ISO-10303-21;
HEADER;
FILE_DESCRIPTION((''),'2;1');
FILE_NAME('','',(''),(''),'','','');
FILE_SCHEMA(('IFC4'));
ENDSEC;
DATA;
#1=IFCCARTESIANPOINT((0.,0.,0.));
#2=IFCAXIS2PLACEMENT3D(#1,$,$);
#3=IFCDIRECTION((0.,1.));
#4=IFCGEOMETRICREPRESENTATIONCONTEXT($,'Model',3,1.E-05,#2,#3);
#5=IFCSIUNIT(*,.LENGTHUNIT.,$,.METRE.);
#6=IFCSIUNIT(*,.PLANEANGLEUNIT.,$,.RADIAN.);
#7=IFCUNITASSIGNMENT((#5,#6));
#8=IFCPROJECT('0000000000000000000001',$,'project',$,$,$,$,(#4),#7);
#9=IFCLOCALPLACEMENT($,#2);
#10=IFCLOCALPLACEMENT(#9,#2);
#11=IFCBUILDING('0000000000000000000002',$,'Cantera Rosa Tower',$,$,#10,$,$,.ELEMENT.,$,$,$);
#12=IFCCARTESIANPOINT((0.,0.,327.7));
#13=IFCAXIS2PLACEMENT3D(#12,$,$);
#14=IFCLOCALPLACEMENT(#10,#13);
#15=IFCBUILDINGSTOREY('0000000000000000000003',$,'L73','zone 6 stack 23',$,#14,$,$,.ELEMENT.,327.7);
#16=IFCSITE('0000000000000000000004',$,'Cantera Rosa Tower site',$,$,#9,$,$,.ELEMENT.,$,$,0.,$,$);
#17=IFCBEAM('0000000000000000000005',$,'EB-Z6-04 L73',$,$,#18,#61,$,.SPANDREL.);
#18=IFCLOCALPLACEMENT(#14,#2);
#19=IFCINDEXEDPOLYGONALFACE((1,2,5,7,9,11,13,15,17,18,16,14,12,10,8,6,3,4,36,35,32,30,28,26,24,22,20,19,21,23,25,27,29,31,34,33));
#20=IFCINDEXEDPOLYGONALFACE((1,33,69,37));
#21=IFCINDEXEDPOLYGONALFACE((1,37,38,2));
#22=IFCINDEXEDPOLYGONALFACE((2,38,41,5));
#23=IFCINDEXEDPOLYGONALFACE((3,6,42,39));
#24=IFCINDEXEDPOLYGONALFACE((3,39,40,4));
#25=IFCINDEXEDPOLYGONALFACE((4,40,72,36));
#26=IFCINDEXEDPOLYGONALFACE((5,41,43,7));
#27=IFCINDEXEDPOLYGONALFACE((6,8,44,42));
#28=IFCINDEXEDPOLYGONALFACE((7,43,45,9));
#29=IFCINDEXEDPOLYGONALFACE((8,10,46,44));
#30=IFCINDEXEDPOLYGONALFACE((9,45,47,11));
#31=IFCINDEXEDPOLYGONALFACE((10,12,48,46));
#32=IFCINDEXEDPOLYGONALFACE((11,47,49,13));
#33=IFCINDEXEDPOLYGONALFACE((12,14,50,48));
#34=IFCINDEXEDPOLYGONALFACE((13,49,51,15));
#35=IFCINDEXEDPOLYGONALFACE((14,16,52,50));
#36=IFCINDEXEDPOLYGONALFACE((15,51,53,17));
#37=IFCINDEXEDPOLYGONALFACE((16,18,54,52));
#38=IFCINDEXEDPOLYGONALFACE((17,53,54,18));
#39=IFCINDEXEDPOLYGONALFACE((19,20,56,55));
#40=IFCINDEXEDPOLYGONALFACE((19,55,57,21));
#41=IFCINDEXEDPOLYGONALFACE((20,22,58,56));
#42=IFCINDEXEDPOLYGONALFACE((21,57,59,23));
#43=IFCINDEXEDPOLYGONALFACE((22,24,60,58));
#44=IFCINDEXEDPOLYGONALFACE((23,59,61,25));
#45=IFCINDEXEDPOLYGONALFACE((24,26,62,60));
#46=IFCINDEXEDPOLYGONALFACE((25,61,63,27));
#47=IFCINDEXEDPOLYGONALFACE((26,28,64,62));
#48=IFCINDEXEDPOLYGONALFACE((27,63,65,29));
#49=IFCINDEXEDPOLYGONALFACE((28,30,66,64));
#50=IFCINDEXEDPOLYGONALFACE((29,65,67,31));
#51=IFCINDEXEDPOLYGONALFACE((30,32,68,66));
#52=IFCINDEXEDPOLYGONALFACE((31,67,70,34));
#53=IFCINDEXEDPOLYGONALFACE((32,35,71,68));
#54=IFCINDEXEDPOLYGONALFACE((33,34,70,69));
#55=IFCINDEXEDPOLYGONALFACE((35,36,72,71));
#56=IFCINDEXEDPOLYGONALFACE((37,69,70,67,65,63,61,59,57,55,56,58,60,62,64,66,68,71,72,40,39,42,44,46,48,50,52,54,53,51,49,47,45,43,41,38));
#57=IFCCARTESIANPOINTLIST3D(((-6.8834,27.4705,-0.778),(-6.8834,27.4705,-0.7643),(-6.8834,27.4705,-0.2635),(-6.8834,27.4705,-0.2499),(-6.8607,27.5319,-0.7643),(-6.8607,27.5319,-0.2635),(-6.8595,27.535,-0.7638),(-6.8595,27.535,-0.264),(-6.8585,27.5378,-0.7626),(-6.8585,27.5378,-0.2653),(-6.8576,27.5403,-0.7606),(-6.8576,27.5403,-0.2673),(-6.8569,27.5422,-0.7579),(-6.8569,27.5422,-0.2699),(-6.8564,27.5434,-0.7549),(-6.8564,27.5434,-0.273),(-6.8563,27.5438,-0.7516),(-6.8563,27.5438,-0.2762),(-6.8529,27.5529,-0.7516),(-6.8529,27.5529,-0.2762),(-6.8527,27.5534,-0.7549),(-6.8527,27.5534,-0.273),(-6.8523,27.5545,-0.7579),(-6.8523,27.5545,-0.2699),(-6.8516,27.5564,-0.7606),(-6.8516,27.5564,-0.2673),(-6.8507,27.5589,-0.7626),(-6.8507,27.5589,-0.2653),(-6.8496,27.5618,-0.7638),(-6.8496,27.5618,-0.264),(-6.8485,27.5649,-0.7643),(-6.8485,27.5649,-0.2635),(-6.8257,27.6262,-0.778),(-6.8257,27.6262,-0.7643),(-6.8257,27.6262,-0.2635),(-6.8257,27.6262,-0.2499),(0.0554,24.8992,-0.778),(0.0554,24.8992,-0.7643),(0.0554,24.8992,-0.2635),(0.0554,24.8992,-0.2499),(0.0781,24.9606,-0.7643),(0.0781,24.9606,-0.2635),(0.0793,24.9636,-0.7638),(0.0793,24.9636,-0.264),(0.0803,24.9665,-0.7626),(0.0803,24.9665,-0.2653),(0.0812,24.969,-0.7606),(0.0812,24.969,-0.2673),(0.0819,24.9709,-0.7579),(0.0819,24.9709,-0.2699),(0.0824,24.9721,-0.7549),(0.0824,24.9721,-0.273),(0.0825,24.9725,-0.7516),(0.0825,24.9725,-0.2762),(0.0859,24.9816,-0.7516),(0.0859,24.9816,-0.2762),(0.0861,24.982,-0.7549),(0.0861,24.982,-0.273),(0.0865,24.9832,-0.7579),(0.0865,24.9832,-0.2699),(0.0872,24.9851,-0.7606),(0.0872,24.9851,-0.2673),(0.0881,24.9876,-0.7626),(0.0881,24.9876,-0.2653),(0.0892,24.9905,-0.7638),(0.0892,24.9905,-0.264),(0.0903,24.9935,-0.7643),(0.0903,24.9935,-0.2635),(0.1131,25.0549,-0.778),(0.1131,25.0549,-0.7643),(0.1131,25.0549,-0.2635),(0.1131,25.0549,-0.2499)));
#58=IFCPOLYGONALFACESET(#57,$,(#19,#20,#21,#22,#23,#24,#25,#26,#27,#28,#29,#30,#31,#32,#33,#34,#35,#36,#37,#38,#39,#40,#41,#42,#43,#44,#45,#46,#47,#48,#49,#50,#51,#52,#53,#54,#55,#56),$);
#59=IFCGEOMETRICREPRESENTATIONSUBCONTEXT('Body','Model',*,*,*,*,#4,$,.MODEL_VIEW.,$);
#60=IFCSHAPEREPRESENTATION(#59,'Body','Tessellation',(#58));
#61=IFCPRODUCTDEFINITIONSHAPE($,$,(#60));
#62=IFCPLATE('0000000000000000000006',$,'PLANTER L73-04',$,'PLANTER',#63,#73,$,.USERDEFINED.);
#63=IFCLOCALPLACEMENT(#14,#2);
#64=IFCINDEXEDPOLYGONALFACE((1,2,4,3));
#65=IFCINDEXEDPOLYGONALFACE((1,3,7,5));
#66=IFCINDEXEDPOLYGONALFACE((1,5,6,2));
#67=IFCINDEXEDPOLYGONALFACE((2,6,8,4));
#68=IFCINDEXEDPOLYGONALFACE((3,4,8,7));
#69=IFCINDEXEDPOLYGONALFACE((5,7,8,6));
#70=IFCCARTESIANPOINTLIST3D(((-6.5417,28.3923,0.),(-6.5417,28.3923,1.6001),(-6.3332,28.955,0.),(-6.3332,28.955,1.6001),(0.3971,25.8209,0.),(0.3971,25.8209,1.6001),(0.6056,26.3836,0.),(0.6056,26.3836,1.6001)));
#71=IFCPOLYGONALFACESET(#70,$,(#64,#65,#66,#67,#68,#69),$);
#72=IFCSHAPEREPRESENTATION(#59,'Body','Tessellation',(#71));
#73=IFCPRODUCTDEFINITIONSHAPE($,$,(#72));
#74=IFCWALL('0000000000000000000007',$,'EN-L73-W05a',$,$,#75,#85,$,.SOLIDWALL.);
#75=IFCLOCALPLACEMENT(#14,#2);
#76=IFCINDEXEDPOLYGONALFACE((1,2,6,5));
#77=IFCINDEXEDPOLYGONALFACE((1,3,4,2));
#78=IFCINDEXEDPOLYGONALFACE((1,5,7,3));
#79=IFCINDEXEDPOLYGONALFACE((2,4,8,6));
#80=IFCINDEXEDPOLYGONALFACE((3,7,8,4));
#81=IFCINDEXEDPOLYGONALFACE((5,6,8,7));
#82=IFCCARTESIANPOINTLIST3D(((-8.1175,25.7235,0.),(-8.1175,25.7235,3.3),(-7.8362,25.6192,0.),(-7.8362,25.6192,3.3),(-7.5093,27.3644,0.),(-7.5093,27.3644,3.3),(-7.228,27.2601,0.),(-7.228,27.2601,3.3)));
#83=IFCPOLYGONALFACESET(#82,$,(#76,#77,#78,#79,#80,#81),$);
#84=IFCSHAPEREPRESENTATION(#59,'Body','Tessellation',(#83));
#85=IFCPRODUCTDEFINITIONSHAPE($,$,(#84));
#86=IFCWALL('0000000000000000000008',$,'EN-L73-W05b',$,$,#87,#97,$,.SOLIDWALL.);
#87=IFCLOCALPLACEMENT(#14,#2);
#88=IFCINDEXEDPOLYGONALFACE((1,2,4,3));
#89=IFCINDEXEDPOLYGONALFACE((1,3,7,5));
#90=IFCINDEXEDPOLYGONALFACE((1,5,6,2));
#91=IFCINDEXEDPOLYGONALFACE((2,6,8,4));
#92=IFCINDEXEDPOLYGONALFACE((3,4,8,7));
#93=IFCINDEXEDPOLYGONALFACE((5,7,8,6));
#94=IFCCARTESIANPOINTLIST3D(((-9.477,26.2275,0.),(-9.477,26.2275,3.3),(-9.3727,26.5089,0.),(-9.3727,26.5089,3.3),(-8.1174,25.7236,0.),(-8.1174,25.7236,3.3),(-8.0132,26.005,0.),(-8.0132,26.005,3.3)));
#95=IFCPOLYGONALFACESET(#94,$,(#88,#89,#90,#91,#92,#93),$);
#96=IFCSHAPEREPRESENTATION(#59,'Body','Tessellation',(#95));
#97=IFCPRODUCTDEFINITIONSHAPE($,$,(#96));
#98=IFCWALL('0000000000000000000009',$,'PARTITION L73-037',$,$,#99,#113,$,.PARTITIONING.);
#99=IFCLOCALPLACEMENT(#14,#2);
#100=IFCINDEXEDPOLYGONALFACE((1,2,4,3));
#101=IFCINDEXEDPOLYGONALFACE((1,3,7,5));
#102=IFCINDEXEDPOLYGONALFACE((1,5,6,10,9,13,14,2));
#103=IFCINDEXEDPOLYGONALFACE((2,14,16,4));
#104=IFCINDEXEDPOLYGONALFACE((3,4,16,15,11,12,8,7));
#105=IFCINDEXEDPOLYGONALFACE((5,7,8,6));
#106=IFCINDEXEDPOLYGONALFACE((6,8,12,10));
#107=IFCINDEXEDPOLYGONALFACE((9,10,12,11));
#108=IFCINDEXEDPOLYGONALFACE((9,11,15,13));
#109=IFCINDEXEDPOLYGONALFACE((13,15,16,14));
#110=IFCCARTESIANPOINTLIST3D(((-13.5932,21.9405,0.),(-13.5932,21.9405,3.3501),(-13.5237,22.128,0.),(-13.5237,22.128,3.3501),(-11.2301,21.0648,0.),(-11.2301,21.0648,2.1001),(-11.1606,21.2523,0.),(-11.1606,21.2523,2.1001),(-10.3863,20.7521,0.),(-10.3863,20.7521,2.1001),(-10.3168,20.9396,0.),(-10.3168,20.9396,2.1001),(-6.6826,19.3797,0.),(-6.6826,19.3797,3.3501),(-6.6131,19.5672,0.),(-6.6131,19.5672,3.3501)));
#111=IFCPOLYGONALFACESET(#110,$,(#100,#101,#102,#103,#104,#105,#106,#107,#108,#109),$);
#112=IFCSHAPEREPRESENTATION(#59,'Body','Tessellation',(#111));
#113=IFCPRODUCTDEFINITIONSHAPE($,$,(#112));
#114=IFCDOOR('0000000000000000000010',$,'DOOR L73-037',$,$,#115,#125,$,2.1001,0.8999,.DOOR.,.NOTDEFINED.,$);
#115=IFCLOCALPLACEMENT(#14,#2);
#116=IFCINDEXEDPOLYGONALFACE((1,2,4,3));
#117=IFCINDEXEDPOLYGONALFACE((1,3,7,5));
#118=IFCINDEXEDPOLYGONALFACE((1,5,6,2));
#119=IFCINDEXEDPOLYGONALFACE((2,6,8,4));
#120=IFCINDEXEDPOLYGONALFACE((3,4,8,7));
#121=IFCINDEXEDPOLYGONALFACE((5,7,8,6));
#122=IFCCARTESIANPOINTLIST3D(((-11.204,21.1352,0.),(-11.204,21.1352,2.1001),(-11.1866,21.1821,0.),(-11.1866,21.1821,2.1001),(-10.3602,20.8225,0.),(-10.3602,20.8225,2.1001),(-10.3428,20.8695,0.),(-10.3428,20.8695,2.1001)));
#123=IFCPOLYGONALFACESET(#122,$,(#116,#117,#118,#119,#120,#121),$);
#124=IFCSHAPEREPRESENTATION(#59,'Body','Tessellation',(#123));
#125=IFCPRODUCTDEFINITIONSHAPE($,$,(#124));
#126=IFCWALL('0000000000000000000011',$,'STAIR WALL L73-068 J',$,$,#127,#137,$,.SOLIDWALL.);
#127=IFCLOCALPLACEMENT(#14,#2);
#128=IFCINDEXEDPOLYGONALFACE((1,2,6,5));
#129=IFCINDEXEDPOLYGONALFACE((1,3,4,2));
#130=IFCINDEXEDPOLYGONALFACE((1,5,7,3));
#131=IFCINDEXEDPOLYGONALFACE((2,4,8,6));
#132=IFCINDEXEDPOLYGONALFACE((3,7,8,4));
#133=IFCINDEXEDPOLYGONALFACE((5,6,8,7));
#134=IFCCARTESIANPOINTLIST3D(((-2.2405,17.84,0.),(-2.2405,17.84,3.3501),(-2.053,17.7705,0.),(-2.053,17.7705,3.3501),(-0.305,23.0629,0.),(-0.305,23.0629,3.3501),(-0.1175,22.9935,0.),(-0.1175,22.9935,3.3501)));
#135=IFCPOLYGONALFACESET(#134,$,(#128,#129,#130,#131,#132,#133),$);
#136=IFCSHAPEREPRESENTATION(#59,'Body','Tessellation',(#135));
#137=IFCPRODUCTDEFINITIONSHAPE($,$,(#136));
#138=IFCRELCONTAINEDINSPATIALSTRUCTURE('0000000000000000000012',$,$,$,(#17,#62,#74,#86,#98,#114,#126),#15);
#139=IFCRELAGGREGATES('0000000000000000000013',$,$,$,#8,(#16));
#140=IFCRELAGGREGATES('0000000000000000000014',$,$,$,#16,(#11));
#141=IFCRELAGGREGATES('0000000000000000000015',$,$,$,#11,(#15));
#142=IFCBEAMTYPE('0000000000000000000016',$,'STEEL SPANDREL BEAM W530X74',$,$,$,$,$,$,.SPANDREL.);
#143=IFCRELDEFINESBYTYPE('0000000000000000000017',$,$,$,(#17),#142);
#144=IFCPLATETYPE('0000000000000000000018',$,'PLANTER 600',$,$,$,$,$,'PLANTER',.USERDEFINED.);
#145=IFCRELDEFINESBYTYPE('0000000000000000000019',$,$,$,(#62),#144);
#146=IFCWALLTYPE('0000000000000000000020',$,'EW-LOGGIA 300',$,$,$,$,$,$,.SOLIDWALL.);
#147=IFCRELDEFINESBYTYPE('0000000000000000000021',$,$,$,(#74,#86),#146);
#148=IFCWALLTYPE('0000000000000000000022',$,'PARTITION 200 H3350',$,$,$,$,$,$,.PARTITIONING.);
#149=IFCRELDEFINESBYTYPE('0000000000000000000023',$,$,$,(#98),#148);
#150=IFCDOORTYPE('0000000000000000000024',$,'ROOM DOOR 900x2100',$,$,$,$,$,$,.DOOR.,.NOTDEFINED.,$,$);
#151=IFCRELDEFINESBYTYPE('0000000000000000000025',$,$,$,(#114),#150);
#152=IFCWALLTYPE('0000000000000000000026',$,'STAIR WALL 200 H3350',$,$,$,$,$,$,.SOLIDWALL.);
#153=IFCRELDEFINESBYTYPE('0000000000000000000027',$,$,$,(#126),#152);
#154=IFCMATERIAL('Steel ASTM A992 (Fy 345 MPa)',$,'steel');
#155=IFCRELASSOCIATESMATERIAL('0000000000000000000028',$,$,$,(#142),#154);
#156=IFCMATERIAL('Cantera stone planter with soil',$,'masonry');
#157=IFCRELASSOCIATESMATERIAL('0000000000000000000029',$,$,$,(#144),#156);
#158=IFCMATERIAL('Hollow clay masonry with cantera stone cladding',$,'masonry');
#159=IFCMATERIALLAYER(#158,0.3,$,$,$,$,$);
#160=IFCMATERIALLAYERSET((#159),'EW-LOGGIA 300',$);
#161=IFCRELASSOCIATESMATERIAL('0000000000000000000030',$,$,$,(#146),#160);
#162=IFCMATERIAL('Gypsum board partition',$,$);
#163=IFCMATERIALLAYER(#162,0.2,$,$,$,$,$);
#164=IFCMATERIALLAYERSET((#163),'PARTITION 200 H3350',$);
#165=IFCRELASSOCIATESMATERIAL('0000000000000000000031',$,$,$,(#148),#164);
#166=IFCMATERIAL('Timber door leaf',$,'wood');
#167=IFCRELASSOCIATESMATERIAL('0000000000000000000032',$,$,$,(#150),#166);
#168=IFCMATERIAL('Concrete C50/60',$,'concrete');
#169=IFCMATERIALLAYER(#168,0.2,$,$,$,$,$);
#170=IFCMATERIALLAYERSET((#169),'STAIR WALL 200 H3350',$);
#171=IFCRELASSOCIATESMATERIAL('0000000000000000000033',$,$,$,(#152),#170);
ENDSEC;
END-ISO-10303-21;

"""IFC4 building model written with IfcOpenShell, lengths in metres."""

from ifc_helpers import new_model, si_unit, direction, frame, frame_2d, origin, origin_2d, place, context, subcontext, project, spatial, rectangle, i_section, extrude, material, layer, layer_set, material_profile, profile_set, type_object, element, fill, save


model = new_model("IFC4")

# Units and contexts
model_context = context("Model", 3, precision=1e-05, world=origin(), true_north=direction((0.0, 1.0)))
body_context = subcontext(model_context, "Body", "Model", "MODEL_VIEW")
ifc_project = project(units=[si_unit("LENGTHUNIT", "METRE"), si_unit("PLANEANGLEUNIT", "RADIAN")], contexts=[model_context])

# Site, building, storey
site_placement = place(None, origin())
site = spatial("IfcSite", under=ifc_project, at=site_placement, Name="Cantera Rosa Tower site", CompositionType="ELEMENT", RefElevation=0.0)
building_placement = place(site_placement, origin())
building = spatial("IfcBuilding", under=site, at=building_placement, Name="Cantera Rosa Tower", CompositionType="ELEMENT")
storey_placement = place(building_placement, frame((0.0, 0.0, 327.7)))
storey = spatial("IfcBuildingStorey", under=building, at=storey_placement, Name="L73", Description="zone 6 stack 23", CompositionType="ELEMENT", Elevation=327.7)

# Beam
ifc_material_1 = material(Name="Steel ASTM A992 (Fy 345 MPa)", Category="steel")
ifc_material_profile_1 = material_profile(ifc_material_1, i_section(OverallWidth=0.166, OverallDepth=0.5281, WebThickness=0.0098, FlangeThickness=0.0137, FilletRadius=0.0127, at=origin_2d()), Name="W530X74")
ifc_profile_set_1 = profile_set([ifc_material_profile_1], Name="Steel ASTM A992 (Fy 345 MPa)")
beam_type_1 = type_object("IfcBeamType", Name="STEEL SPANDREL BEAM W530X74", PredefinedType="SPANDREL", material=ifc_profile_set_1)
beam_1_placement = place(storey_placement, frame((0.0842, 24.9771, -0.5139), z_axis=(-0.937687, 0.34748, 0.0), x_axis=(-0.34748, -0.937687, 0.0)))
element("IfcBeam", 1, at=beam_1_placement, inside=storey, type_object=beam_type_1, Name="EB-Z6-04 L73", PredefinedType="SPANDREL", context=body_context, shape_type="SweptSolid", body=[
    extrude(i_section(OverallWidth=0.166, OverallDepth=0.5281, WebThickness=0.0098, FlangeThickness=0.0137, FilletRadius=0.0127, at=origin_2d()), origin(), (0.0, 0.0, 1.0), 7.3999),
])

# Plate
ifc_material_2 = material(Name="Cantera stone planter with soil", Category="masonry")
plate_type = type_object("IfcPlateType", Name="PLANTER 600", ElementType="PLANTER", PredefinedType="USERDEFINED", material=ifc_material_2)
plate_placement = place(storey_placement, frame((-2.968, 27.3879, 0.0), z_axis=(0.0, 0.0, 1.0), x_axis=(-0.937687, 0.347481, 0.0)))
element("IfcPlate", 2, at=plate_placement, inside=storey, type_object=plate_type, Name="PLANTER L73-04", ObjectType="PLANTER", PredefinedType="USERDEFINED", context=body_context, shape_type="SweptSolid", body=[
    extrude(rectangle(XDim=7.3999, YDim=0.6001, at=origin_2d()), origin(), (0.0, 0.0, 1.0), 1.6001),
])

# Walls
ifc_material_3 = material(Name="Hollow clay masonry with cantera stone cladding", Category="masonry")
ifc_layer_1 = layer(ifc_material_3, 0.3)
ifc_layer_set_1 = layer_set([ifc_layer_1], Name="EW-LOGGIA 300")
wall_type_1 = type_object("IfcWallType", Name="EW-LOGGIA 300", PredefinedType="SOLIDWALL", material=ifc_layer_set_1)
wall_1_placement = place(storey_placement, frame((-7.3687, 27.3123, 0.0), z_axis=(0.0, 0.0, 1.0), x_axis=(-0.347528, -0.93767, 0.0)))
element("IfcWall", 3, at=wall_1_placement, inside=storey, type_object=wall_type_1, Name="EN-L73-W05a", PredefinedType="SOLIDWALL", context=body_context, shape_type="SweptSolid", body=[
    extrude(rectangle(XDim=1.75, YDim=0.3, at=frame_2d((0.875, 0.0))), origin(), (0.0, 0.0, 1.0), 3.3),
])
wall_2_placement = place(storey_placement, frame((-8.0652, 25.8643, 0.0), z_axis=(0.0, 0.0, 1.0), x_axis=(-0.937672, 0.347523, 0.0)))
element("IfcWall", 4, at=wall_2_placement, inside=storey, type_object=wall_type_1, Name="EN-L73-W05b", PredefinedType="SOLIDWALL", context=body_context, shape_type="SweptSolid", body=[
    extrude(rectangle(XDim=1.45, YDim=0.3, at=frame_2d((0.7251, 0.0))), origin(), (0.0, 0.0, 1.0), 3.3),
])

# Wall, opening, door
ifc_material_4 = material(Name="Gypsum board partition")
ifc_layer_2 = layer(ifc_material_4, 0.2)
ifc_layer_set_2 = layer_set([ifc_layer_2], Name="PARTITION 200 H3350")
wall_type_2 = type_object("IfcWallType", Name="PARTITION 200 H3350", PredefinedType="PARTITIONING", material=ifc_layer_set_2)
wall_3_placement = place(storey_placement, frame((-6.6477, 19.4734, 0.0), z_axis=(0.0, 0.0, 1.0), x_axis=(-0.937692, 0.347469, 0.0)))
wall_3 = element("IfcWall", 5, at=wall_3_placement, inside=storey, type_object=wall_type_2, Name="PARTITION L73-037", PredefinedType="PARTITIONING", context=body_context, shape_type="SweptSolid", body=[
    extrude(rectangle(XDim=7.3699, YDim=0.2, at=frame_2d((3.6851, 0.0))), origin(), (0.0, 0.0, 1.0), 3.3501),
])
opening_1_placement = place(wall_3_placement, frame((3.95, 0.0, 0.0)))
opening_1 = element("IfcOpeningElement", 6, at=opening_1_placement, cuts=wall_3, PredefinedType="OPENING", context=body_context, shape_type="SweptSolid", body=[
    extrude(rectangle(XDim=0.8999, YDim=2.1001, at=frame_2d((0.45, 1.05))), frame((0.0, 0.1099, 0.0), z_axis=(0.0, -1.0, 0.0), x_axis=(1.0, 0.0, 0.0)), (0.0, 0.0, 1.0), 0.22),
])
ifc_material_5 = material(Name="Timber door leaf", Category="wood")
door_type_1 = type_object("IfcDoorType", Name="ROOM DOOR 900x2100", OperationType="NOTDEFINED", PredefinedType="DOOR", material=ifc_material_5)
door_1_placement = place(opening_1_placement, origin())
door_1 = element("IfcDoor", 7, at=door_1_placement, inside=storey, type_object=door_type_1, Name="DOOR L73-037", OperationType="NOTDEFINED", OverallHeight=2.1001, OverallWidth=0.8999, PredefinedType="DOOR", context=body_context, shape_type="SweptSolid", body=[
    extrude(rectangle(XDim=0.8999, YDim=2.1001, at=frame_2d((0.45, 1.05))), frame((0.0, 0.0249, 0.0), z_axis=(0.0, -1.0, 0.0), x_axis=(1.0, 0.0, 0.0)), (0.0, 0.0, 1.0), 0.05),
])
fill(opening_1, door_1)

# Wall
ifc_material_6 = material(Name="Concrete C50/60", Category="concrete")
ifc_layer_3 = layer(ifc_material_6, 0.2)
ifc_layer_set_3 = layer_set([ifc_layer_3], Name="STAIR WALL 200 H3350")
wall_type_3 = type_object("IfcWallType", Name="STAIR WALL 200 H3350", PredefinedType="SOLIDWALL", material=ifc_layer_set_3)
wall_4_placement = place(storey_placement, frame((-0.2112, 23.0283, 0.0), z_axis=(0.0, 0.0, 1.0), x_axis=(-0.347494, -0.937682, 0.0)))
element("IfcWall", 8, at=wall_4_placement, inside=storey, type_object=wall_type_3, Name="STAIR WALL L73-068 J", PredefinedType="SOLIDWALL", context=body_context, shape_type="SweptSolid", body=[
    extrude(rectangle(XDim=5.5701, YDim=0.2, at=frame_2d((2.7852, 0.0))), origin(), (0.0, 0.0, 1.0), 3.3501),
])

save(model, "model.ifc")
